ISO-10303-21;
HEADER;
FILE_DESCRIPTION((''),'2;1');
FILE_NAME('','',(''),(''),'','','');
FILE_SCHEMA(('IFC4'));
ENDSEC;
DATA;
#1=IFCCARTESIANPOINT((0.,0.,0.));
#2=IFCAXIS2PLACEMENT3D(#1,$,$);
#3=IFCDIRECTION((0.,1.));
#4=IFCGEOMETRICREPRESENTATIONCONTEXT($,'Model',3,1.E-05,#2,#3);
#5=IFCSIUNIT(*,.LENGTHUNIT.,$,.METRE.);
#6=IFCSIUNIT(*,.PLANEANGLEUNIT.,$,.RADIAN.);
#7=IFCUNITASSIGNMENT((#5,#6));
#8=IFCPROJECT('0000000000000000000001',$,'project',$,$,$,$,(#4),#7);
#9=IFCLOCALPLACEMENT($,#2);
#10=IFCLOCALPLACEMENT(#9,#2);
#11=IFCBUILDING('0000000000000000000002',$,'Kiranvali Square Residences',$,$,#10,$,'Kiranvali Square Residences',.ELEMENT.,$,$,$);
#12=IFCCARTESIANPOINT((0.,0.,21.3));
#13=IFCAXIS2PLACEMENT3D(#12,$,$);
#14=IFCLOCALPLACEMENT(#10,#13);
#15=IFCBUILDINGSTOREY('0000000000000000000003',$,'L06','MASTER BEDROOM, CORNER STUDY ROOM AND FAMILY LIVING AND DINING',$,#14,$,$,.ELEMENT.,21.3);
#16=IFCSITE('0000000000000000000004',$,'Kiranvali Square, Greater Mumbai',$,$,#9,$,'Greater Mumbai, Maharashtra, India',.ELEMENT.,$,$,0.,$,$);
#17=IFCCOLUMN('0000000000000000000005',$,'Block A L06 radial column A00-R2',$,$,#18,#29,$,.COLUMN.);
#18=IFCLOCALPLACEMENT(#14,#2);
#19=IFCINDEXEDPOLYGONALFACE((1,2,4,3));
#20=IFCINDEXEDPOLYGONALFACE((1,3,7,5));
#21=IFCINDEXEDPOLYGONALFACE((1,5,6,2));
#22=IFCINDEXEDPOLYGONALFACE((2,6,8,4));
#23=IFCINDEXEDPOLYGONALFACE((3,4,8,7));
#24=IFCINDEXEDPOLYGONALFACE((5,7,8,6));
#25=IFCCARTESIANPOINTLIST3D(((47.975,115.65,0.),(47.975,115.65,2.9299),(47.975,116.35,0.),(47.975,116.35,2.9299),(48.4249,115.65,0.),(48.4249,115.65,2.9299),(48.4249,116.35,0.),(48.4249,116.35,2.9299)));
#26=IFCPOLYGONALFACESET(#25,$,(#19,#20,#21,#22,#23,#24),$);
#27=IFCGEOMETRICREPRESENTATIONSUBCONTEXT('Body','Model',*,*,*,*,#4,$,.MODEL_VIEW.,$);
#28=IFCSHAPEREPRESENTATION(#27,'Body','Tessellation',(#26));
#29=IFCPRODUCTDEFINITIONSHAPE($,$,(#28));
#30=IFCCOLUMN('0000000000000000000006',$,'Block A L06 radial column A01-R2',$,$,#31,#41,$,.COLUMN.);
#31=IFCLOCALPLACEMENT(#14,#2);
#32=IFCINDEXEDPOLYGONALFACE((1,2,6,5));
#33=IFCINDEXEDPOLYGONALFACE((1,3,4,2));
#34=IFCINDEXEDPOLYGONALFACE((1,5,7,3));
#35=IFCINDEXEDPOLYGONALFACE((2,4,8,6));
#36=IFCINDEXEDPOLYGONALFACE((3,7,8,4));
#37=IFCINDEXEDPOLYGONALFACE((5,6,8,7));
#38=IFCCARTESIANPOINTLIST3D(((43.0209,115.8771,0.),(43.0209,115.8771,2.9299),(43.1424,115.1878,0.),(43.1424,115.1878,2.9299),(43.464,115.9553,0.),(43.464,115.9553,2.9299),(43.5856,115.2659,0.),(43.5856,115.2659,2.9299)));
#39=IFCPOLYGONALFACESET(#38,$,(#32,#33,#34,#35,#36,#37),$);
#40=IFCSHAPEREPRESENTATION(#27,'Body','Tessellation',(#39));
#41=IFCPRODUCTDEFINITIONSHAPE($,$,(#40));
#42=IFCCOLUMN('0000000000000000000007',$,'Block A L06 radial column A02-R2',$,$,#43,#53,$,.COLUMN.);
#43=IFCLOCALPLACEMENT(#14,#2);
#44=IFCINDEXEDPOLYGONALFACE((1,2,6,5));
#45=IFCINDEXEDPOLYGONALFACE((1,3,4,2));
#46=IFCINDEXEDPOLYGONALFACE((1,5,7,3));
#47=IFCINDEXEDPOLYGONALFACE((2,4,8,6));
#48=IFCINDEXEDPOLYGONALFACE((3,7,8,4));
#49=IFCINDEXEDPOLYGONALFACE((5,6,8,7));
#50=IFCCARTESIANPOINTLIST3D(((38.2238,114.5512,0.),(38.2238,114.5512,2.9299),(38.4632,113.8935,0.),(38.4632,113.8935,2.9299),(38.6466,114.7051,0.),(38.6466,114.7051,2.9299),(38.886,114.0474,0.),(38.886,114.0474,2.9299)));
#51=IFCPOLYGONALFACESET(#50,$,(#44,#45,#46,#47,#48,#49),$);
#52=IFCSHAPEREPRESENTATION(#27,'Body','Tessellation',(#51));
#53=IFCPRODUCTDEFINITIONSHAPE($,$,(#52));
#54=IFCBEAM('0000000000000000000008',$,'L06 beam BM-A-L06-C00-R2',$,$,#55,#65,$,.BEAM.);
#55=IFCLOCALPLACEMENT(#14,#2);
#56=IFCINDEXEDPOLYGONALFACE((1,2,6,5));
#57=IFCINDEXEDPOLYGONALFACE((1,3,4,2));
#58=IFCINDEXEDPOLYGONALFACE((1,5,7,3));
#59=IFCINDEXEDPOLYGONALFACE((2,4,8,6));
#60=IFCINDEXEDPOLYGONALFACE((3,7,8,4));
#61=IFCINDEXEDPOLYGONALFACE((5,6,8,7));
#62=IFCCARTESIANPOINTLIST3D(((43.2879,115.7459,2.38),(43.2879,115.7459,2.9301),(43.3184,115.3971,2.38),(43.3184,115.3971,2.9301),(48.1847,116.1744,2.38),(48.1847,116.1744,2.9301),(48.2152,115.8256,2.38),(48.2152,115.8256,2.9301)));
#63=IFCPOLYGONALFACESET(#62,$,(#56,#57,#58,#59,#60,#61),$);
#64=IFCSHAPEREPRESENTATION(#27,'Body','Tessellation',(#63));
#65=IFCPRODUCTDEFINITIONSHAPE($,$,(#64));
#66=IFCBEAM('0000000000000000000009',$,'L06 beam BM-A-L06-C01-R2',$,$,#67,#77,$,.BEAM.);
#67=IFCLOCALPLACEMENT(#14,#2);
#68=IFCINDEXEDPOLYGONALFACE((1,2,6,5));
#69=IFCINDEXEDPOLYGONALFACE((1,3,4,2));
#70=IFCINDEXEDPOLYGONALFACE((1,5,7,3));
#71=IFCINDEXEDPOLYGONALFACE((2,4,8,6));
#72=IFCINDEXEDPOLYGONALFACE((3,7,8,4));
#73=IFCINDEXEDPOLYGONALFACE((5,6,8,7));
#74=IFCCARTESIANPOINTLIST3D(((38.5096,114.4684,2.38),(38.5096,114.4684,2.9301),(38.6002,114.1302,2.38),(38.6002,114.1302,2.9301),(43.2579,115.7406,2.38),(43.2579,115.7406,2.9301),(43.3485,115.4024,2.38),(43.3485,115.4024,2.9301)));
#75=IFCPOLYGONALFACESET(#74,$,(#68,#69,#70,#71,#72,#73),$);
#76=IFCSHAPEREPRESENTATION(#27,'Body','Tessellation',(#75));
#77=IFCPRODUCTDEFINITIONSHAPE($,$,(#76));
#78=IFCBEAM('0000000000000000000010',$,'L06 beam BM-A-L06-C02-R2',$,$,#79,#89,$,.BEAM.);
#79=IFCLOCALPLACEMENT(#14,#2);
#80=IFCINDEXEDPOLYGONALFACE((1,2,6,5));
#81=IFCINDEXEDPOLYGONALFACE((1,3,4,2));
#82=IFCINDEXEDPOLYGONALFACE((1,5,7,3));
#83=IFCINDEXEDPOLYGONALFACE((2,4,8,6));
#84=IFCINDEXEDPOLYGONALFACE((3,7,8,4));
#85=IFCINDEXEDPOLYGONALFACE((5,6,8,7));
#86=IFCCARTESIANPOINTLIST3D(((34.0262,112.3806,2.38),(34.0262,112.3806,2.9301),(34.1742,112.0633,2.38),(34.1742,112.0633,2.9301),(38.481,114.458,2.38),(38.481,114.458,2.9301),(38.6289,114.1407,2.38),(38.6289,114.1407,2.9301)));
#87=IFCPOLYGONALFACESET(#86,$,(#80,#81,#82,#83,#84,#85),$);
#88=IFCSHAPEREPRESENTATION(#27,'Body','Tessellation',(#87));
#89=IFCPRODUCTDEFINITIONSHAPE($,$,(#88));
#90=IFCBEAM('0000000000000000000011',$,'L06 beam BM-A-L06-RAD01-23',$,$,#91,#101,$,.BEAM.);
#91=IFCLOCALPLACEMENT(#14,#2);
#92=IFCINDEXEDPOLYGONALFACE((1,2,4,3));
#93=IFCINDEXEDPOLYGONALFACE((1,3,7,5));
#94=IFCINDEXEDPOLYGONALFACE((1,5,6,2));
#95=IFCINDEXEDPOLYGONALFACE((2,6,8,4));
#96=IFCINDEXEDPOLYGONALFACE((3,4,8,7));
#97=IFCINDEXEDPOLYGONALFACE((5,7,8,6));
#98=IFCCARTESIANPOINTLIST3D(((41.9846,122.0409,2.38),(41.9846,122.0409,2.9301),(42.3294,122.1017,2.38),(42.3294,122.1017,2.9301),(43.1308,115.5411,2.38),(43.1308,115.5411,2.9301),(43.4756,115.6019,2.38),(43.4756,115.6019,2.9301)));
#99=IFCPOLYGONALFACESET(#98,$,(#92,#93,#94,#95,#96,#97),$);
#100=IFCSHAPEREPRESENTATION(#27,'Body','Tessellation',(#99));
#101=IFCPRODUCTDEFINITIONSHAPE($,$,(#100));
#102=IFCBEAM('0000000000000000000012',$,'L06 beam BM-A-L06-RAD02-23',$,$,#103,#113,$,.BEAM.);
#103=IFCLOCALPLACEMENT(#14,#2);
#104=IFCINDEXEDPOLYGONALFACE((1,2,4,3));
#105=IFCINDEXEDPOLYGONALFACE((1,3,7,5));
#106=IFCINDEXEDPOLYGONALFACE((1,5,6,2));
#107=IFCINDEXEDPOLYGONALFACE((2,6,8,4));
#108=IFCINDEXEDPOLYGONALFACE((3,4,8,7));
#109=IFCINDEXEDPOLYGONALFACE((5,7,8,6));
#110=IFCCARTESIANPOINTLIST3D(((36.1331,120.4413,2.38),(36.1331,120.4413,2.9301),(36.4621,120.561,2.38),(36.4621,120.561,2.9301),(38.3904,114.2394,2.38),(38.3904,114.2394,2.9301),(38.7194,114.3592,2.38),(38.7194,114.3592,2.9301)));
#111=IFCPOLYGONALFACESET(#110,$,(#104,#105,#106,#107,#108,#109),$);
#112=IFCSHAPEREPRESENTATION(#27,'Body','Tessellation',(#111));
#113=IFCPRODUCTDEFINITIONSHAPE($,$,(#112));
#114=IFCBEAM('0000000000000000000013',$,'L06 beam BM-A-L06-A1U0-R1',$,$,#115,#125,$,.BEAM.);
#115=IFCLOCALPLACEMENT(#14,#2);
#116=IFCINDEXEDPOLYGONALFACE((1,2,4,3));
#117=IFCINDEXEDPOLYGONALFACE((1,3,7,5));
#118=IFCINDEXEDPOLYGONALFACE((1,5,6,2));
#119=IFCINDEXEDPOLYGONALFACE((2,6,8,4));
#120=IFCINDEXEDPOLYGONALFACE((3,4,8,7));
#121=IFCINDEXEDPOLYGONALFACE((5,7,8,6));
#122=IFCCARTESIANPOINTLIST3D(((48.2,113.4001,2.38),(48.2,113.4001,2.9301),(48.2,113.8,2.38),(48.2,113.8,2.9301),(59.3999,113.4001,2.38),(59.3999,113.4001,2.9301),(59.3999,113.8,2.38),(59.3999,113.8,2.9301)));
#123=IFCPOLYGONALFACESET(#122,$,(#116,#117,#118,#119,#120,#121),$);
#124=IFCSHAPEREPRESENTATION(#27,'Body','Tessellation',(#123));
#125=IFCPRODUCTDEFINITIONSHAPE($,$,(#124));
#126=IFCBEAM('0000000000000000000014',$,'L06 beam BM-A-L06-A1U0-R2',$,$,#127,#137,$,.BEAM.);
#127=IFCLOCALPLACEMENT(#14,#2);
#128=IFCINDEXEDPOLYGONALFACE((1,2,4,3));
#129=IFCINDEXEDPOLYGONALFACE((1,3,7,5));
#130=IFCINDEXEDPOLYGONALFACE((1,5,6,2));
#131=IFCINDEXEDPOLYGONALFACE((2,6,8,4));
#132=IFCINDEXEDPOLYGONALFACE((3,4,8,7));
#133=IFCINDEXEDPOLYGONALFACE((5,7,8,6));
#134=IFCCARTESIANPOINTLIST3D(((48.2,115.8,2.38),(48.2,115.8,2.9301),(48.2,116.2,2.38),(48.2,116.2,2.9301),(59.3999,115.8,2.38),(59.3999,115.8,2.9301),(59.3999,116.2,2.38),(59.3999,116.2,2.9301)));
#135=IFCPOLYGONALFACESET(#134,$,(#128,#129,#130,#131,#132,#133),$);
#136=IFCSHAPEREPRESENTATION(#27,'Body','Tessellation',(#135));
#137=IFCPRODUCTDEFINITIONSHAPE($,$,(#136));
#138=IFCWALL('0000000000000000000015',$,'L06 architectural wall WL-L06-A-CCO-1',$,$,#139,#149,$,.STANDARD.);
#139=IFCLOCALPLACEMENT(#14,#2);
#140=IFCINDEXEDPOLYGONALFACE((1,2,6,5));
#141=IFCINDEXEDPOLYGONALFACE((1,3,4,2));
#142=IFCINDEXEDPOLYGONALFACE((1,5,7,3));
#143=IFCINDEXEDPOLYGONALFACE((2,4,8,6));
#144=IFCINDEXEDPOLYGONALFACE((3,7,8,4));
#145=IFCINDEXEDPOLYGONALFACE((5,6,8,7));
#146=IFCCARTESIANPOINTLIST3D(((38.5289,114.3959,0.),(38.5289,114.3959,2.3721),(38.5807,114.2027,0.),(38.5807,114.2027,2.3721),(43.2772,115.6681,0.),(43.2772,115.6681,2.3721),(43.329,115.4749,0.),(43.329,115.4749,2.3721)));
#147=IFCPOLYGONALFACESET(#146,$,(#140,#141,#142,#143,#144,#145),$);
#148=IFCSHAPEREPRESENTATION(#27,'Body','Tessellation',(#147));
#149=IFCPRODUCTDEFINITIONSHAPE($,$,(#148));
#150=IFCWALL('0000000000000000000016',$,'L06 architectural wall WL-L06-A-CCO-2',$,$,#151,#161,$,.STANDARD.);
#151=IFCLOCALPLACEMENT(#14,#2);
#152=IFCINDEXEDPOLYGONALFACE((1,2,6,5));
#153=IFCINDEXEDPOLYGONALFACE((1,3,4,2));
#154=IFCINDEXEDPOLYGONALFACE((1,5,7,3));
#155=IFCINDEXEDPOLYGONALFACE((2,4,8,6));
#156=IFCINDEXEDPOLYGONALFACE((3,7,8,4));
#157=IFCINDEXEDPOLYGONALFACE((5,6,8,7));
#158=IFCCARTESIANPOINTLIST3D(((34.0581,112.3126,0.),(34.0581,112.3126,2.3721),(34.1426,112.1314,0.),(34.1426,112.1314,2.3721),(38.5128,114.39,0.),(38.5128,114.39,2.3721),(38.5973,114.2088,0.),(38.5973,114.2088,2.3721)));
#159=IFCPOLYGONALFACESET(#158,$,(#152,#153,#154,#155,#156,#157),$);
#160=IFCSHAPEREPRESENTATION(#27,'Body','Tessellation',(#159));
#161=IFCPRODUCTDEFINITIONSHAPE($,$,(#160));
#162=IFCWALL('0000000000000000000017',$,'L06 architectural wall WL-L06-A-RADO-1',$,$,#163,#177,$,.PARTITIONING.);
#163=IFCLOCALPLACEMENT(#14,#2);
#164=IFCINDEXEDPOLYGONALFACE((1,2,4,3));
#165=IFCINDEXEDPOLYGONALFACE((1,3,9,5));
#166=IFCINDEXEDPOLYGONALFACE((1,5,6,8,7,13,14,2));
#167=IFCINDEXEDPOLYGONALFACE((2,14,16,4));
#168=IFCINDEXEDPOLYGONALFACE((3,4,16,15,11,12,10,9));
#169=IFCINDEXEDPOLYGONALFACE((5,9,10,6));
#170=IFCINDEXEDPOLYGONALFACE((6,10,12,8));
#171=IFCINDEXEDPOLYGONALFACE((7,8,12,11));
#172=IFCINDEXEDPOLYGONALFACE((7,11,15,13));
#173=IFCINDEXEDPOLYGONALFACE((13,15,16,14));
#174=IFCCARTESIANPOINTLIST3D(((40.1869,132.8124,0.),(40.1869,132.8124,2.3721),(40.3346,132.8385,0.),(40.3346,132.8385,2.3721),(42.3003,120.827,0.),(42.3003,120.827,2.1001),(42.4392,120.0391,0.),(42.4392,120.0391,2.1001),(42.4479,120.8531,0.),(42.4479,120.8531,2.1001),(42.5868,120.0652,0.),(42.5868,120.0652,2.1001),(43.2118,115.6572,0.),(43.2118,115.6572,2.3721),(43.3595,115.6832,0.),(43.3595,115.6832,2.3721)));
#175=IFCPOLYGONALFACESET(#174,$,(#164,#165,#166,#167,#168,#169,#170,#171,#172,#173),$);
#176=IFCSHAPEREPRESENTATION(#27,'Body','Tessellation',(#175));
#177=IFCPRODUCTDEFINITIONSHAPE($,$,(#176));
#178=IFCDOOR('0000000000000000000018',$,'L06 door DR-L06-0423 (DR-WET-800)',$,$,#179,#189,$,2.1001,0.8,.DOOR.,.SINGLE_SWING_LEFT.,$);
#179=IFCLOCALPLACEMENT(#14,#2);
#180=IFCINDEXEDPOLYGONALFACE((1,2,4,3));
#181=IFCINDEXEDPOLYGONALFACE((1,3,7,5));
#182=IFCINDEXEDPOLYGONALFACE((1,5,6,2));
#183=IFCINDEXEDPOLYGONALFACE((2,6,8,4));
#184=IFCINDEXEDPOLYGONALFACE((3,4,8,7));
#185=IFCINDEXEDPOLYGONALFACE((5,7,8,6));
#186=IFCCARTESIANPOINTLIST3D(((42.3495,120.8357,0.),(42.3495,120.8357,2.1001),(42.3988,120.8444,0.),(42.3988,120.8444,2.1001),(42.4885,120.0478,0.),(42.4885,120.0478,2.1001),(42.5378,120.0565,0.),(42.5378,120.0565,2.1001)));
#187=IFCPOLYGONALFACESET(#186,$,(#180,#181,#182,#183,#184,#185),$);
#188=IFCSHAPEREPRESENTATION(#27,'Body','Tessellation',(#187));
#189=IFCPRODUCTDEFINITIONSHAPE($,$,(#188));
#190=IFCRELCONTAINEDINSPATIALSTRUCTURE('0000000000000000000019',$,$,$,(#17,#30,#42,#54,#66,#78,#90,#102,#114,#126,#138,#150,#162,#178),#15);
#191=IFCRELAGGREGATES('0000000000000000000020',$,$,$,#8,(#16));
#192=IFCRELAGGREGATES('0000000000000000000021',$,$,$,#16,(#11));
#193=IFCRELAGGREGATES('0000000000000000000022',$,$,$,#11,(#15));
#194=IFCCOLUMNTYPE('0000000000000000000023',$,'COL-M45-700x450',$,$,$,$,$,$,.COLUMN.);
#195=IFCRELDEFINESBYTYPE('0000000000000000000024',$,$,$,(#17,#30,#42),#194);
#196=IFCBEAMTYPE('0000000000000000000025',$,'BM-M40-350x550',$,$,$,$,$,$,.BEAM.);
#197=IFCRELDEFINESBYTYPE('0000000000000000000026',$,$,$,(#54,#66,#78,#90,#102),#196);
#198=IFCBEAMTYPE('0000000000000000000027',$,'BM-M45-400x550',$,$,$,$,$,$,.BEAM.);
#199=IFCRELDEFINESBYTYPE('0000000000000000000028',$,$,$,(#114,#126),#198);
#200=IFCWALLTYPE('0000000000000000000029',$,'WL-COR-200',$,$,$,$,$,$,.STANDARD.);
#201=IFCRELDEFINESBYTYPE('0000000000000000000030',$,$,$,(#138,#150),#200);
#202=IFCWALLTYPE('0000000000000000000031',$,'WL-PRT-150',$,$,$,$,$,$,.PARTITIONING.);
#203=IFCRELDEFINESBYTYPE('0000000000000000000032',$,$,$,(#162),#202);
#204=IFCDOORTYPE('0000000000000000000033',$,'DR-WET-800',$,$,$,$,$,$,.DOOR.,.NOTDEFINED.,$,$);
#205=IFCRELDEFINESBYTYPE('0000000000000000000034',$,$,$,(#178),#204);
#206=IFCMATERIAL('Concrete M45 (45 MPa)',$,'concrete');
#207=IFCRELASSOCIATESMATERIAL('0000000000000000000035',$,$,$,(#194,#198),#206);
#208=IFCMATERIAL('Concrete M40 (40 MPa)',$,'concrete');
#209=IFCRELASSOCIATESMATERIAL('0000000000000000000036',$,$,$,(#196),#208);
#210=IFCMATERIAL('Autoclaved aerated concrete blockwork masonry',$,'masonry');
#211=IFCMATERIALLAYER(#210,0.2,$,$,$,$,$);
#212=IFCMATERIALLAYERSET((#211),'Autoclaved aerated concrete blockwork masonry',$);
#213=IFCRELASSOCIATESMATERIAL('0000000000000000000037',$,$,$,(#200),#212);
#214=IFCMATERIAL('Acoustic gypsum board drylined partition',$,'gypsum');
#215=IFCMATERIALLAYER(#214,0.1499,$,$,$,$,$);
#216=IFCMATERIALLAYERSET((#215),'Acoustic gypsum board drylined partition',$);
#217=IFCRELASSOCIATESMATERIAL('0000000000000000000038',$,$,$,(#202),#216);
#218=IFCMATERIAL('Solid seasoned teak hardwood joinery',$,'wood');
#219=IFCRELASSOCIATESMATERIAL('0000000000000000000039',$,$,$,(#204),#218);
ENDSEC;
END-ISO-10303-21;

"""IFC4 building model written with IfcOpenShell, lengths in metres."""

from ifc_helpers import new_model, si_unit, direction, frame, frame_2d, origin, origin_2d, place, context, subcontext, project, spatial, rectangle, extrude, material, layer, layer_set, material_profile, profile_set, type_object, element, fill, save


model = new_model("IFC4")

# Units and contexts
model_context = context("Model", 3, precision=1e-05, world=origin(), true_north=direction((0.0, 1.0)))
body_context = subcontext(model_context, "Body", "Model", "MODEL_VIEW")
ifc_project = project(units=[si_unit("LENGTHUNIT", "METRE"), si_unit("PLANEANGLEUNIT", "RADIAN")], contexts=[model_context])

# Site, building, storey
site_placement = place(None, origin())
site = spatial("IfcSite", under=ifc_project, at=site_placement, Name="Kiranvali Square, Greater Mumbai", LongName="Greater Mumbai, Maharashtra, India", CompositionType="ELEMENT", RefElevation=0.0)
building_placement = place(site_placement, origin())
building = spatial("IfcBuilding", under=site, at=building_placement, Name="Kiranvali Square Residences", LongName="Kiranvali Square Residences", CompositionType="ELEMENT")
storey_placement = place(building_placement, frame((0.0, 0.0, 21.3)))
storey = spatial("IfcBuildingStorey", under=building, at=storey_placement, Name="L06", Description="MASTER BEDROOM, CORNER STUDY ROOM AND FAMILY LIVING AND DINING", CompositionType="ELEMENT", Elevation=21.3)

# Columns
ifc_material_1 = material(Name="Concrete M45 (45 MPa)", Category="concrete")
ifc_material_profile_1 = material_profile(ifc_material_1, rectangle(XDim=0.45, YDim=0.7, at=origin_2d()), Name="RC 700x450")
ifc_profile_set_1 = profile_set([ifc_material_profile_1], Name="Concrete M45 (45 MPa)")
column_type = type_object("IfcColumnType", Name="COL-M45-700x450", PredefinedType="COLUMN", material=ifc_profile_set_1)
for number, where, z_axis, x_axis, name in (
    (1, (48.2, 116.0, 0.0), (0.0, 0.0, 1.0), (1.0, 0.0, 0.0), "Block A L06 radial column A00-R2"),
    (2, (43.3032, 115.5715, 0.0), (0.0, 0.0, 1.0), (0.984808, 0.173648, 0.0), "Block A L06 radial column A01-R2"),
    (3, (38.5549, 114.2993, 0.0), (0.0, 0.0, 1.0), (0.939693, 0.34202, 0.0), "Block A L06 radial column A02-R2"),
):
    element("IfcColumn", number, at=place(storey_placement, frame(where, z_axis=z_axis, x_axis=x_axis)), inside=storey, type_object=column_type, Name=name, PredefinedType="COLUMN", context=body_context, shape_type="SweptSolid", body=[
        extrude(rectangle(XDim=0.45, YDim=0.7, at=origin_2d()), origin(), (0.0, 0.0, 1.0), 2.9299),
    ])

# Beams
ifc_material_2 = material(Name="Concrete M40 (40 MPa)", Category="concrete")
ifc_material_profile_2 = material_profile(ifc_material_2, rectangle(XDim=0.3501, YDim=0.55, at=origin_2d()), Name="RC 350x550")
ifc_profile_set_2 = profile_set([ifc_material_profile_2], Name="Concrete M40 (40 MPa)")
beam_type_1 = type_object("IfcBeamType", Name="BM-M40-350x550", PredefinedType="BEAM", material=ifc_profile_set_2)
beam_1_placement = place(storey_placement, frame((48.2, 116.0, 2.655), z_axis=(-0.996194, -0.087168, 0.0), x_axis=(0.087168, -0.996194, 0.0)))
element("IfcBeam", 4, at=beam_1_placement, inside=storey, type_object=beam_type_1, Name="L06 beam BM-A-L06-C00-R2", PredefinedType="BEAM", context=body_context, shape_type="SweptSolid", body=[
    extrude(rectangle(XDim=0.3501, YDim=0.55, at=origin_2d()), origin(), (0.0, 0.0, 1.0), 4.9155),
])
beam_2_placement = place(storey_placement, frame((43.3032, 115.5715, 2.655), z_axis=(-0.96593, -0.258803, 0.0), x_axis=(0.258803, -0.96593, 0.0)))
element("IfcBeam", 5, at=beam_2_placement, inside=storey, type_object=beam_type_1, Name="L06 beam BM-A-L06-C01-R2", PredefinedType="BEAM", context=body_context, shape_type="SweptSolid", body=[
    extrude(rectangle(XDim=0.3501, YDim=0.55, at=origin_2d()), origin(), (0.0, 0.0, 1.0), 4.9158),
])
beam_3_placement = place(storey_placement, frame((38.5549, 114.2993, 2.655), z_axis=(-0.906302, -0.42263, 0.0), x_axis=(0.42263, -0.906302, 0.0)))
element("IfcBeam", 6, at=beam_3_placement, inside=storey, type_object=beam_type_1, Name="L06 beam BM-A-L06-C02-R2", PredefinedType="BEAM", context=body_context, shape_type="SweptSolid", body=[
    extrude(rectangle(XDim=0.3501, YDim=0.55, at=origin_2d()), origin(), (0.0, 0.0, 1.0), 4.9153),
])
beam_4_placement = place(storey_placement, frame((43.3032, 115.5715, 2.655), z_axis=(-0.173671, 0.984804, 0.0), x_axis=(-0.984804, -0.173671, 0.0)))
element("IfcBeam", 7, at=beam_4_placement, inside=storey, type_object=beam_type_1, Name="L06 beam BM-A-L06-RAD01-23", PredefinedType="BEAM", context=body_context, shape_type="SweptSolid", body=[
    extrude(rectangle(XDim=0.3501, YDim=0.55, at=origin_2d()), origin(), (0.0, 0.0, 1.0), 6.6001),
])
beam_5_placement = place(storey_placement, frame((38.5549, 114.2993, 2.655), z_axis=(-0.342022, 0.939692, 0.0), x_axis=(-0.939692, -0.342022, 0.0)))
element("IfcBeam", 8, at=beam_5_placement, inside=storey, type_object=beam_type_1, Name="L06 beam BM-A-L06-RAD02-23", PredefinedType="BEAM", context=body_context, shape_type="SweptSolid", body=[
    extrude(rectangle(XDim=0.3501, YDim=0.55, at=origin_2d()), origin(), (0.0, 0.0, 1.0), 6.5999),
])
ifc_material_profile_3 = material_profile(ifc_material_1, rectangle(XDim=0.3999, YDim=0.55, at=origin_2d()), Name="RC 400x550")
ifc_profile_set_3 = profile_set([ifc_material_profile_3], Name="Concrete M45 (45 MPa)")
beam_type_2 = type_object("IfcBeamType", Name="BM-M45-400x550", PredefinedType="BEAM", material=ifc_profile_set_3)
for number, where, z_axis, x_axis, name in (
    (9, (48.2, 113.6001, 2.655), (1.0, 0.0, 0.0), (0.0, 1.0, 0.0), "L06 beam BM-A-L06-A1U0-R1"),
    (10, (48.2, 116.0, 2.655), (1.0, 0.0, 0.0), (0.0, 1.0, 0.0), "L06 beam BM-A-L06-A1U0-R2"),
):
    element("IfcBeam", number, at=place(storey_placement, frame(where, z_axis=z_axis, x_axis=x_axis)), inside=storey, type_object=beam_type_2, Name=name, PredefinedType="BEAM", context=body_context, shape_type="SweptSolid", body=[
        extrude(rectangle(XDim=0.3999, YDim=0.55, at=origin_2d()), origin(), (0.0, 0.0, 1.0), 11.2),
    ])

# Shared definitions
ifc_material_3 = material(Name="Autoclaved aerated concrete blockwork masonry", Category="masonry")
ifc_layer_1 = layer(ifc_material_3, 0.2)
ifc_layer_set_1 = layer_set([ifc_layer_1], Name="Autoclaved aerated concrete blockwork masonry")
wall_type_1 = type_object("IfcWallType", Name="WL-COR-200", PredefinedType="STANDARD", material=ifc_layer_set_1)

# Walls
wall_1_placement = place(storey_placement, frame((43.3032, 115.5715, 0.0), z_axis=(0.0, 0.0, 1.0), x_axis=(-0.96593, -0.258803, 0.0)))
element("IfcWall", 11, at=wall_1_placement, inside=storey, type_object=wall_type_1, Name="L06 architectural wall WL-L06-A-CCO-1", PredefinedType="STANDARD", context=body_context, shape_type="SweptSolid", body=[
    extrude(rectangle(XDim=4.9158, YDim=0.2, at=frame_2d((2.458, 0.0))), origin(), (0.0, 0.0, 1.0), 2.3721),
])
wall_2_placement = place(storey_placement, frame((38.5549, 114.2993, 0.0), z_axis=(0.0, 0.0, 1.0), x_axis=(-0.906302, -0.42263, 0.0)))
element("IfcWall", 12, at=wall_2_placement, inside=storey, type_object=wall_type_1, Name="L06 architectural wall WL-L06-A-CCO-2", PredefinedType="STANDARD", context=body_context, shape_type="SweptSolid", body=[
    extrude(rectangle(XDim=4.9153, YDim=0.2, at=frame_2d((2.4575, 0.0))), origin(), (0.0, 0.0, 1.0), 2.3721),
])

# Wall, opening, door
ifc_material_4 = material(Name="Acoustic gypsum board drylined partition", Category="gypsum")
ifc_layer_2 = layer(ifc_material_4, 0.1499)
ifc_layer_set_2 = layer_set([ifc_layer_2], Name="Acoustic gypsum board drylined partition")
wall_type_2 = type_object("IfcWallType", Name="WL-PRT-150", PredefinedType="PARTITIONING", material=ifc_layer_set_2)
wall_3_placement = place(storey_placement, frame((43.2856, 115.6702, 0.0), z_axis=(0.0, 0.0, 1.0), x_axis=(-0.173646, 0.984808, 0.0)))
wall_3 = element("IfcWall", 13, at=wall_3_placement, inside=storey, type_object=wall_type_2, Name="L06 architectural wall WL-L06-A-RADO-1", PredefinedType="PARTITIONING", context=body_context, shape_type="SweptSolid", body=[
    extrude(rectangle(XDim=17.4199, YDim=0.1499, at=frame_2d((8.71, 0.0))), origin(), (0.0, 0.0, 1.0), 2.3721),
])
opening_1_placement = place(wall_3_placement, frame((4.4497, 0.0, 0.0)))
opening_1 = element("IfcOpeningElement", 14, at=opening_1_placement, cuts=wall_3, PredefinedType="OPENING", context=body_context, shape_type="SweptSolid", body=[
    extrude(rectangle(XDim=0.8, YDim=2.1001, at=frame_2d((0.3999, 1.05))), frame((0.0, 0.085, 0.0), z_axis=(0.0, -1.0, 0.0), x_axis=(1.0, 0.0, 0.0)), (0.0, 0.0, 1.0), 0.1699),
])
ifc_material_5 = material(Name="Solid seasoned teak hardwood joinery", Category="wood")
door_type_1 = type_object("IfcDoorType", Name="DR-WET-800", OperationType="NOTDEFINED", PredefinedType="DOOR", material=ifc_material_5)
door_1_placement = place(opening_1_placement, origin())
door_1 = element("IfcDoor", 15, at=door_1_placement, inside=storey, type_object=door_type_1, Name="L06 door DR-L06-0423 (DR-WET-800)", OperationType="SINGLE_SWING_LEFT", OverallHeight=2.1001, OverallWidth=0.8, PredefinedType="DOOR", context=body_context, shape_type="SweptSolid", body=[
    extrude(rectangle(XDim=0.8, YDim=2.1001, at=frame_2d((0.3999, 1.05))), frame((0.0, 0.0249, 0.0), z_axis=(0.0, -1.0, 0.0), x_axis=(1.0, 0.0, 0.0)), (0.0, 0.0, 1.0), 0.05),
])
fill(opening_1, door_1)

save(model, "model.ifc")
